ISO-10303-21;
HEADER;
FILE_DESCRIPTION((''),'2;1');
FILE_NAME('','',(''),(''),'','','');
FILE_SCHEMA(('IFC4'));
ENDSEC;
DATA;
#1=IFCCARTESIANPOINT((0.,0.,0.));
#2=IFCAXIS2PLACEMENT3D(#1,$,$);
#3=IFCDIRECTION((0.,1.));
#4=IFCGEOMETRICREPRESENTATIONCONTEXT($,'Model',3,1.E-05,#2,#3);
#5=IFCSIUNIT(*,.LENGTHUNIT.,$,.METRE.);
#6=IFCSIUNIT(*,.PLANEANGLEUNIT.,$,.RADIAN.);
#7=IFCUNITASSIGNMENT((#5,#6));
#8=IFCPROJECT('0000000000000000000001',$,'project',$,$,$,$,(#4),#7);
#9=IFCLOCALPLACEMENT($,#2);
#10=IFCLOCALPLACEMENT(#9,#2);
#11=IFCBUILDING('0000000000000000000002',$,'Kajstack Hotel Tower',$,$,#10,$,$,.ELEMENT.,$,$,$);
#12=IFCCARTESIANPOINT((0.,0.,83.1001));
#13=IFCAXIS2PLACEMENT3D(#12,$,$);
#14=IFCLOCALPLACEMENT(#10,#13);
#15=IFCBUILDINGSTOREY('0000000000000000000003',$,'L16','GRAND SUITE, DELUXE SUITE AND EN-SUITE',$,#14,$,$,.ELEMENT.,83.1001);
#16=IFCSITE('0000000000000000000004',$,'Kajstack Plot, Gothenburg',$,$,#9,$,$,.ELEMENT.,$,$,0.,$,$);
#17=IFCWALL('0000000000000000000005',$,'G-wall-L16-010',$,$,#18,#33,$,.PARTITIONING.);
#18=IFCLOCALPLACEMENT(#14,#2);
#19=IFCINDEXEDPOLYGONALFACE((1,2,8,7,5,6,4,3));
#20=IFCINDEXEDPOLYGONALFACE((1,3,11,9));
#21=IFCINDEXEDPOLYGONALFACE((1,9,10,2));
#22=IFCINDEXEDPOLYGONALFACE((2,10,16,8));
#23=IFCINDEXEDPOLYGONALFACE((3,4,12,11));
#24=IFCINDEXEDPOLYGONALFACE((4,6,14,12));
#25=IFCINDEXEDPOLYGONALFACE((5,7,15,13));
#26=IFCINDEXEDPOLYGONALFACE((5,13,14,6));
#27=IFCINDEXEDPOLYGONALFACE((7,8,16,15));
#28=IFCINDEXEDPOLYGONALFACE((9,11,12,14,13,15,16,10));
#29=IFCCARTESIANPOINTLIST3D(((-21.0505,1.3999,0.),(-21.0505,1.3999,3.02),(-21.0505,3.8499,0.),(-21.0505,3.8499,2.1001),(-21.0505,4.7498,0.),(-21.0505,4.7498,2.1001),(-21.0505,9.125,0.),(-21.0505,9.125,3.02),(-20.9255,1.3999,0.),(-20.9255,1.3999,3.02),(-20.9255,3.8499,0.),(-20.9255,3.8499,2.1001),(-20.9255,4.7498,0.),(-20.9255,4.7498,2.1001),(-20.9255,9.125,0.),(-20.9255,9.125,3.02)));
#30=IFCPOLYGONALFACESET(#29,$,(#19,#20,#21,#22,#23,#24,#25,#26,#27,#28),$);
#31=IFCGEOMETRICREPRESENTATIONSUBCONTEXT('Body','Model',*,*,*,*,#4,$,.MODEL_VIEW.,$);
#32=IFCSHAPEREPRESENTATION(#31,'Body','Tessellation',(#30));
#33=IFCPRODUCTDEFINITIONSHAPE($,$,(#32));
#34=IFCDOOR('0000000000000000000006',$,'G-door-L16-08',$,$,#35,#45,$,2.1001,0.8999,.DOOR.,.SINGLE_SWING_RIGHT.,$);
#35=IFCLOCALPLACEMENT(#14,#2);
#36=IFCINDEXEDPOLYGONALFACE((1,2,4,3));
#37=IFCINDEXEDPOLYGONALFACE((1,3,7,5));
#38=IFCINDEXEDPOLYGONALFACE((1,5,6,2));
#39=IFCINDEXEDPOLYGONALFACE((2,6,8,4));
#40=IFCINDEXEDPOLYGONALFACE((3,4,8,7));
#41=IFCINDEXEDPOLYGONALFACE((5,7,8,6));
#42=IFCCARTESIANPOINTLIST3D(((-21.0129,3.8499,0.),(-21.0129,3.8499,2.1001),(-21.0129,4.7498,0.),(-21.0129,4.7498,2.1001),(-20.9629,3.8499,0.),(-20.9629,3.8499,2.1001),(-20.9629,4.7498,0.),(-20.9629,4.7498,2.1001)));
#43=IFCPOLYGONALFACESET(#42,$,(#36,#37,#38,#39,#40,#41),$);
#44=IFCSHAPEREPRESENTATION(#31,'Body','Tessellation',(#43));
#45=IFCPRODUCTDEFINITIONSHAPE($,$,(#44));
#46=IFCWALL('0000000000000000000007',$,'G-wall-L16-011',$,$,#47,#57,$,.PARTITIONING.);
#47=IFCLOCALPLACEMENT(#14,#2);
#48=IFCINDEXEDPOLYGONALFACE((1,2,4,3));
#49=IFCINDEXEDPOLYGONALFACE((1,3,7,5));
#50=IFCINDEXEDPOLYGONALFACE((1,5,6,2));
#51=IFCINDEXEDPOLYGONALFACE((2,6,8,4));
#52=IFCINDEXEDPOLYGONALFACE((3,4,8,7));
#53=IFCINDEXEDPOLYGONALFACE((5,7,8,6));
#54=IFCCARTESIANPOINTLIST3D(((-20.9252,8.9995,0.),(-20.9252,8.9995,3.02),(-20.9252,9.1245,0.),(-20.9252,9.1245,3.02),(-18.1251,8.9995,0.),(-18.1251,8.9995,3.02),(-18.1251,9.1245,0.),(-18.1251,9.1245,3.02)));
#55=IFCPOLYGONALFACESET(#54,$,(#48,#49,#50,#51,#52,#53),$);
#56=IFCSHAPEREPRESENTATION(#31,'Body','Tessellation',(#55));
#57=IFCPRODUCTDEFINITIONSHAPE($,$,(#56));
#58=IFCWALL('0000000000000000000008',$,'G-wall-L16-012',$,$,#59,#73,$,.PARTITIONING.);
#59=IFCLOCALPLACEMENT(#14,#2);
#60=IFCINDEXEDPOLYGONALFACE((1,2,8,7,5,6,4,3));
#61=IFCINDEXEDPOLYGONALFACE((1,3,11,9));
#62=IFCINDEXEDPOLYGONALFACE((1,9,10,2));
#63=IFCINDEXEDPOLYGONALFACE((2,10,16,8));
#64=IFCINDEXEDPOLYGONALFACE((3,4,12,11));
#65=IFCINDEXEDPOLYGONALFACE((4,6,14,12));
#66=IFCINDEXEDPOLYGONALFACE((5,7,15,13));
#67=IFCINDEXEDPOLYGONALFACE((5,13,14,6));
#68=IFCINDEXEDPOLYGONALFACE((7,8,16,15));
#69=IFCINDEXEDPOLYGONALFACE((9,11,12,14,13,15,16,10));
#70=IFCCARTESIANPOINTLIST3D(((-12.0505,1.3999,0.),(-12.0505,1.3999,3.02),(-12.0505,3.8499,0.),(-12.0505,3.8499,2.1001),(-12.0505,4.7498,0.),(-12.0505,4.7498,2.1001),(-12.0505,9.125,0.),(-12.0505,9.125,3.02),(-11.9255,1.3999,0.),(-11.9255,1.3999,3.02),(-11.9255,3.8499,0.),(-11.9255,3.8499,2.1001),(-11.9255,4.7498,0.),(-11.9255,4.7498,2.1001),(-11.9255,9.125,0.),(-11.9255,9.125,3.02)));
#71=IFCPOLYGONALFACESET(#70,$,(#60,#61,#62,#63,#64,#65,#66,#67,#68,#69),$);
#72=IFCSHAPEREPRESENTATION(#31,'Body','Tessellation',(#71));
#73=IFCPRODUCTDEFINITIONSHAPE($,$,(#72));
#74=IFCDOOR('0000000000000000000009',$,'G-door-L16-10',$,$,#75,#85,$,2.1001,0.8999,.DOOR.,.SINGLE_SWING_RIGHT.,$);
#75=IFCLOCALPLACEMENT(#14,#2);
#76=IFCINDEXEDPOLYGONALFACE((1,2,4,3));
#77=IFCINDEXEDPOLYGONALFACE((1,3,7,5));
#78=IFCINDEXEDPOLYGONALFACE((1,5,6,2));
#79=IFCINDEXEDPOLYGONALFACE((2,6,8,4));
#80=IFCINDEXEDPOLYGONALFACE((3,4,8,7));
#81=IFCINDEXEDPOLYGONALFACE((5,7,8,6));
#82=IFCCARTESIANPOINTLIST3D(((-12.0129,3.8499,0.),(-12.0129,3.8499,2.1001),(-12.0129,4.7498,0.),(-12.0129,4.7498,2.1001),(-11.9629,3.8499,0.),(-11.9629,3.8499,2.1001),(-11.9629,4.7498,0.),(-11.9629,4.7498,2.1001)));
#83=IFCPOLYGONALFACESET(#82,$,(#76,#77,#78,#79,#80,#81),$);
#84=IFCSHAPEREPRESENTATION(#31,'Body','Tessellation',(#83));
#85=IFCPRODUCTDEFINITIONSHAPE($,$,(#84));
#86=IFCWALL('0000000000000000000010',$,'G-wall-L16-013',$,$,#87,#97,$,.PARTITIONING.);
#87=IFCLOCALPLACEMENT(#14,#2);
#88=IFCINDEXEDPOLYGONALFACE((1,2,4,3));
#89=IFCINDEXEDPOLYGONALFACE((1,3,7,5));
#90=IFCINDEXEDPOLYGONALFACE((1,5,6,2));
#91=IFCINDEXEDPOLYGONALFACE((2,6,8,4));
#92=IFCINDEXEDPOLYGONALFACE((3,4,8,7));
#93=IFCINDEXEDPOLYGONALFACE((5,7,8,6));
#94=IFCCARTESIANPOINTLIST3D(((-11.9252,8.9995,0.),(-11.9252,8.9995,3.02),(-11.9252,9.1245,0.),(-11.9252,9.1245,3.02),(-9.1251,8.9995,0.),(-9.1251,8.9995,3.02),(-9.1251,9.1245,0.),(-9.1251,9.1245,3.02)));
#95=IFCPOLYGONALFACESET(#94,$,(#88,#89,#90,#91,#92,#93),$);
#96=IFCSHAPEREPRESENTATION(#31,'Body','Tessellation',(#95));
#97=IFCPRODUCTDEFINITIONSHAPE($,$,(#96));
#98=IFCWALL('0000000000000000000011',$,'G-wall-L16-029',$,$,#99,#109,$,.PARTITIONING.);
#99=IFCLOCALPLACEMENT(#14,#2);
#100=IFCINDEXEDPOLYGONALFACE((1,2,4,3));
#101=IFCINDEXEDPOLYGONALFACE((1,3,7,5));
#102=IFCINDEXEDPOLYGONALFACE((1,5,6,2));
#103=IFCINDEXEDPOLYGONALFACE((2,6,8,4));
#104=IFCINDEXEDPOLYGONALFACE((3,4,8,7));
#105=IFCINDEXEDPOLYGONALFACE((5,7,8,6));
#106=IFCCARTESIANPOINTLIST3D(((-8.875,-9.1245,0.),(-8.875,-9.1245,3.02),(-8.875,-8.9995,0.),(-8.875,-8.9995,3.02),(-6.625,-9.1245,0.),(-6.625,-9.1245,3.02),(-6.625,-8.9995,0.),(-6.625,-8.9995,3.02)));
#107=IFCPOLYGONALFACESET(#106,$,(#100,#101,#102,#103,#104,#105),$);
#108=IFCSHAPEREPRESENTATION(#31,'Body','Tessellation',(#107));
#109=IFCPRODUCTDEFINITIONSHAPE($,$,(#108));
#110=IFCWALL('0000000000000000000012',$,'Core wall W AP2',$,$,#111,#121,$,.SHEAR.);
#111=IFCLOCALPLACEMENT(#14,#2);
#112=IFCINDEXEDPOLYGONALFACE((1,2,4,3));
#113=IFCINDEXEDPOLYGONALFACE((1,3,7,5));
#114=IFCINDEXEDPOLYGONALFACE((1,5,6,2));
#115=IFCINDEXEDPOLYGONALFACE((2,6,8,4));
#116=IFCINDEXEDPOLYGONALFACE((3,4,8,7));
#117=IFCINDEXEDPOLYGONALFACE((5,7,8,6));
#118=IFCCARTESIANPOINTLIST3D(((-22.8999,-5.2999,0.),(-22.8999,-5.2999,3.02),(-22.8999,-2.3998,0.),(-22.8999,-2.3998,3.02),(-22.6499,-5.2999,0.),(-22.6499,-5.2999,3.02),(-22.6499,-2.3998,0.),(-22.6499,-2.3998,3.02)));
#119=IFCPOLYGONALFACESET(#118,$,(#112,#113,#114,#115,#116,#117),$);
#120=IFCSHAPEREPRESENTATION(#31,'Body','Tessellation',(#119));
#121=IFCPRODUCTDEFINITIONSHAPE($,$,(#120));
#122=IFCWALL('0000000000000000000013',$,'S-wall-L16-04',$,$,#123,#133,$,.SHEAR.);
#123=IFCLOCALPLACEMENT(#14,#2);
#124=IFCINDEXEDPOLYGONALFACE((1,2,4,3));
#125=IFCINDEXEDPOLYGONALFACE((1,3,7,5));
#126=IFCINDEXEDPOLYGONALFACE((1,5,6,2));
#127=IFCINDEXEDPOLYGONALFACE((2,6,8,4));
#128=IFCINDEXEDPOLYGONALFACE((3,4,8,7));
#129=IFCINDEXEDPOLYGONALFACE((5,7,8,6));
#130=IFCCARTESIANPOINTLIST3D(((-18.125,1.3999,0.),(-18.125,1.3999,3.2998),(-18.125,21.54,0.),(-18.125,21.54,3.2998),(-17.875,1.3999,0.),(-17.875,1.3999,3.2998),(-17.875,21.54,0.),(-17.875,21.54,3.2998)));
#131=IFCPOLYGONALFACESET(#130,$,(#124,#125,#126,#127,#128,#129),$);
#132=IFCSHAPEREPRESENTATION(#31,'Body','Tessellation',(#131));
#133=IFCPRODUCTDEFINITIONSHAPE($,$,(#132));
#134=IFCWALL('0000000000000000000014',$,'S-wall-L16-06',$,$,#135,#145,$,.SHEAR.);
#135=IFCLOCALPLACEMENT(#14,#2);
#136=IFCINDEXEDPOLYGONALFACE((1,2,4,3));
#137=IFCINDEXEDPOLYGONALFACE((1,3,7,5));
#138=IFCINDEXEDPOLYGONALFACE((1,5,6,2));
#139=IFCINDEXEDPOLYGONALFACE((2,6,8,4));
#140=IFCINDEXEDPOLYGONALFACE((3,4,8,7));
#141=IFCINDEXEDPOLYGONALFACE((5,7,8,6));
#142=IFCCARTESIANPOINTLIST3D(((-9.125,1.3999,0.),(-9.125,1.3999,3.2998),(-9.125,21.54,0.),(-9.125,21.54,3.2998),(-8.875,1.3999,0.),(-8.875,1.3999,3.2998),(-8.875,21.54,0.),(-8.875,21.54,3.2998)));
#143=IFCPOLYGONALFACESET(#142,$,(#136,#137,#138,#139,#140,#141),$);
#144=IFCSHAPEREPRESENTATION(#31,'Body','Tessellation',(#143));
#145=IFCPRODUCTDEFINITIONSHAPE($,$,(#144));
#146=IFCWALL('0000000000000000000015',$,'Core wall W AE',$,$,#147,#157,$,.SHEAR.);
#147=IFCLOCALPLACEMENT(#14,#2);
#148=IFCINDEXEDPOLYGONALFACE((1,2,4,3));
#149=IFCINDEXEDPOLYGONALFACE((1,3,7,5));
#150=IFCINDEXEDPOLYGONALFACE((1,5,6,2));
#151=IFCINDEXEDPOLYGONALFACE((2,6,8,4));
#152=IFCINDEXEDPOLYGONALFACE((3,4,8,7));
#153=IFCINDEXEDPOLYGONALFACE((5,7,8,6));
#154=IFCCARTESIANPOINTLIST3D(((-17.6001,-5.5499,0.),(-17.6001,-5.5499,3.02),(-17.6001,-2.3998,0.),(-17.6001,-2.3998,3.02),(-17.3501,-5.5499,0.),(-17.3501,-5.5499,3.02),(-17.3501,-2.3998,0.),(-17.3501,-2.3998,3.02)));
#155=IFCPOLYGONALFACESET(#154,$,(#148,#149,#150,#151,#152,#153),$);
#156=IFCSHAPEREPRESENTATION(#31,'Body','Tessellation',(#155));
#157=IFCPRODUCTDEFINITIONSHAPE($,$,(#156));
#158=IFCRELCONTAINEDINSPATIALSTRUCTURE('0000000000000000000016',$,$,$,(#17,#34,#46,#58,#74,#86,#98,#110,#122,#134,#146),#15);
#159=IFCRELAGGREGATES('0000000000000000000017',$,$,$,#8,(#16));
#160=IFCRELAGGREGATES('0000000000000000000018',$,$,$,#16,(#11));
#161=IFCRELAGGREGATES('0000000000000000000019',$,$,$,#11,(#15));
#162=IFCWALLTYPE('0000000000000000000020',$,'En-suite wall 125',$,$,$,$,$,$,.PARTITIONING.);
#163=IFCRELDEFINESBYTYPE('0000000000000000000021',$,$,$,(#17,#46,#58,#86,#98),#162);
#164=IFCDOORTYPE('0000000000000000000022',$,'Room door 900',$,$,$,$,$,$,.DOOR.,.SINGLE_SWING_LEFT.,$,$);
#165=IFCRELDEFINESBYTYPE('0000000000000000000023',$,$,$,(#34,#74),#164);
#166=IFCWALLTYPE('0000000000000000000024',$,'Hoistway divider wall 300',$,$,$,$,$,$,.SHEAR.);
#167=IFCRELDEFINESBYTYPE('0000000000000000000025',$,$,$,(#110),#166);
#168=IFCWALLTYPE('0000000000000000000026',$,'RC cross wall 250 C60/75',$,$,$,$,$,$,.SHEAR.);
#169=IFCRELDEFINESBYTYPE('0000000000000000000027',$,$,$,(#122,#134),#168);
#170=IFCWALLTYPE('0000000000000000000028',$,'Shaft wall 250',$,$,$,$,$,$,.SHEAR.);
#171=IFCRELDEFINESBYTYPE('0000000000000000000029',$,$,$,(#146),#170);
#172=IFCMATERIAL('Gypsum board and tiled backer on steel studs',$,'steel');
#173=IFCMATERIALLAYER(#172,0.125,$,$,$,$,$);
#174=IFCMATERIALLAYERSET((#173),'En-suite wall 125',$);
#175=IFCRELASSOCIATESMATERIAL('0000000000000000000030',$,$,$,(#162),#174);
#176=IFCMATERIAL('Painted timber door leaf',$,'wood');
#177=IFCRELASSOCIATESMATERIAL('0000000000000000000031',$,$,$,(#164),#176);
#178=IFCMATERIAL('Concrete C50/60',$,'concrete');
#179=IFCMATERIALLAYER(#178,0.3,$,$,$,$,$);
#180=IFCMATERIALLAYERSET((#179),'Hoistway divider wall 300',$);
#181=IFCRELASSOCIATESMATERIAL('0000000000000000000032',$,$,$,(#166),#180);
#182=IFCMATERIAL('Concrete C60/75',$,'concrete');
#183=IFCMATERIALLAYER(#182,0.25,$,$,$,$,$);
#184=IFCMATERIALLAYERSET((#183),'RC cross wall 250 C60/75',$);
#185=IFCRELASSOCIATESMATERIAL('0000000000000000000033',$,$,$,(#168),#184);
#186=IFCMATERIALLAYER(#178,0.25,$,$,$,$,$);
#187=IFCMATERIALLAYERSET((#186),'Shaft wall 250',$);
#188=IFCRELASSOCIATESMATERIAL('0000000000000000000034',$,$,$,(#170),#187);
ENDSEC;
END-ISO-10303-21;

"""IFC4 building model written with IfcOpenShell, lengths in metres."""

from ifc_helpers import new_model, si_unit, direction, frame, frame_2d, origin, place, context, subcontext, project, spatial, rectangle, extrude, material, layer, layer_set, type_object, element, fill, save


model = new_model("IFC4")

# Units and contexts
model_context = context("Model", 3, precision=1e-05, world=origin(), true_north=direction((0.0, 1.0)))
body_context = subcontext(model_context, "Body", "Model", "MODEL_VIEW")
ifc_project = project(units=[si_unit("LENGTHUNIT", "METRE"), si_unit("PLANEANGLEUNIT", "RADIAN")], contexts=[model_context])

# Site, building, storey
site_placement = place(None, origin())
site = spatial("IfcSite", under=ifc_project, at=site_placement, Name="Kajstack Plot, Gothenburg", CompositionType="ELEMENT", RefElevation=0.0)
building_placement = place(site_placement, origin())
building = spatial("IfcBuilding", under=site, at=building_placement, Name="Kajstack Hotel Tower", CompositionType="ELEMENT")
storey_placement = place(building_placement, frame((0.0, 0.0, 83.1001)))
storey = spatial("IfcBuildingStorey", under=building, at=storey_placement, Name="L16", Description="GRAND SUITE, DELUXE SUITE AND EN-SUITE", CompositionType="ELEMENT", Elevation=83.1001)

# Wall, opening, door
ifc_material_1 = material(Name="Gypsum board and tiled backer on steel studs", Category="steel")
ifc_layer_1 = layer(ifc_material_1, 0.125)
ifc_layer_set_1 = layer_set([ifc_layer_1], Name="En-suite wall 125")
wall_type_1 = type_object("IfcWallType", Name="En-suite wall 125", PredefinedType="PARTITIONING", material=ifc_layer_set_1)
wall_1_placement = place(storey_placement, frame((-20.988, 1.3999, 0.0), z_axis=(0.0, 0.0, 1.0), x_axis=(0.0, 1.0, 0.0)))
wall_1 = element("IfcWall", 1, at=wall_1_placement, inside=storey, type_object=wall_type_1, Name="G-wall-L16-010", PredefinedType="PARTITIONING", context=body_context, shape_type="SweptSolid", body=[
    extrude(rectangle(XDim=7.7251, YDim=0.125, at=frame_2d((3.8625, 0.0))), origin(), (0.0, 0.0, 1.0), 3.02),
])
opening_1_placement = place(wall_1_placement, frame((2.45, 0.0, 0.0)))
opening_1 = element("IfcOpeningElement", 2, at=opening_1_placement, cuts=wall_1, PredefinedType="OPENING", context=body_context, shape_type="SweptSolid", body=[
    extrude(rectangle(XDim=0.8999, YDim=2.1001, at=frame_2d((0.45, 1.05))), frame((0.0, 0.0725, 0.0), z_axis=(0.0, -1.0, 0.0), x_axis=(1.0, 0.0, 0.0)), (0.0, 0.0, 1.0), 0.145),
])
ifc_material_2 = material(Name="Painted timber door leaf", Category="wood")
door_type_1 = type_object("IfcDoorType", Name="Room door 900", OperationType="SINGLE_SWING_LEFT", PredefinedType="DOOR", material=ifc_material_2)
door_1_placement = place(opening_1_placement, origin())
door_1 = element("IfcDoor", 3, at=door_1_placement, inside=storey, type_object=door_type_1, Name="G-door-L16-08", OperationType="SINGLE_SWING_RIGHT", OverallHeight=2.1001, OverallWidth=0.8999, PredefinedType="DOOR", context=body_context, shape_type="SweptSolid", body=[
    extrude(rectangle(XDim=0.8999, YDim=2.1001, at=frame_2d((0.45, 1.05))), frame((0.0, 0.0249, 0.0), z_axis=(0.0, -1.0, 0.0), x_axis=(1.0, 0.0, 0.0)), (0.0, 0.0, 1.0), 0.05),
])
fill(opening_1, door_1)

# Wall
wall_2_placement = place(storey_placement, frame((-20.925, 9.062, 0.0), z_axis=(0.0, 0.0, 1.0), x_axis=(1.0, 0.0, 0.0)))
element("IfcWall", 4, at=wall_2_placement, inside=storey, type_object=wall_type_1, Name="G-wall-L16-011", PredefinedType="PARTITIONING", context=body_context, shape_type="SweptSolid", body=[
    extrude(rectangle(XDim=2.8, YDim=0.125, at=frame_2d((1.3999, 0.0))), origin(), (0.0, 0.0, 1.0), 3.02),
])

# Wall, opening, door
wall_3_placement = place(storey_placement, frame((-11.988, 1.3999, 0.0), z_axis=(0.0, 0.0, 1.0), x_axis=(0.0, 1.0, 0.0)))
wall_3 = element("IfcWall", 5, at=wall_3_placement, inside=storey, type_object=wall_type_1, Name="G-wall-L16-012", PredefinedType="PARTITIONING", context=body_context, shape_type="SweptSolid", body=[
    extrude(rectangle(XDim=7.7251, YDim=0.125, at=frame_2d((3.8625, 0.0))), origin(), (0.0, 0.0, 1.0), 3.02),
])
opening_2_placement = place(wall_3_placement, frame((2.45, 0.0, 0.0)))
opening_2 = element("IfcOpeningElement", 6, at=opening_2_placement, cuts=wall_3, PredefinedType="OPENING", context=body_context, shape_type="SweptSolid", body=[
    extrude(rectangle(XDim=0.8999, YDim=2.1001, at=frame_2d((0.45, 1.05))), frame((0.0, 0.0725, 0.0), z_axis=(0.0, -1.0, 0.0), x_axis=(1.0, 0.0, 0.0)), (0.0, 0.0, 1.0), 0.145),
])
door_2_placement = place(opening_2_placement, origin())
door_2 = element("IfcDoor", 7, at=door_2_placement, inside=storey, type_object=door_type_1, Name="G-door-L16-10", OperationType="SINGLE_SWING_RIGHT", OverallHeight=2.1001, OverallWidth=0.8999, PredefinedType="DOOR", context=body_context, shape_type="SweptSolid", body=[
    extrude(rectangle(XDim=0.8999, YDim=2.1001, at=frame_2d((0.45, 1.05))), frame((0.0, 0.0249, 0.0), z_axis=(0.0, -1.0, 0.0), x_axis=(1.0, 0.0, 0.0)), (0.0, 0.0, 1.0), 0.05),
])
fill(opening_2, door_2)

# Walls
wall_4_placement = place(storey_placement, frame((-11.925, 9.062, 0.0), z_axis=(0.0, 0.0, 1.0), x_axis=(1.0, 0.0, 0.0)))
element("IfcWall", 8, at=wall_4_placement, inside=storey, type_object=wall_type_1, Name="G-wall-L16-013", PredefinedType="PARTITIONING", context=body_context, shape_type="SweptSolid", body=[
    extrude(rectangle(XDim=2.8, YDim=0.125, at=frame_2d((1.3999, 0.0))), origin(), (0.0, 0.0, 1.0), 3.02),
])
wall_5_placement = place(storey_placement, frame((-8.875, -9.062, 0.0), z_axis=(0.0, 0.0, 1.0), x_axis=(1.0, 0.0, 0.0)))
element("IfcWall", 9, at=wall_5_placement, inside=storey, type_object=wall_type_1, Name="G-wall-L16-029", PredefinedType="PARTITIONING", context=body_context, shape_type="SweptSolid", body=[
    extrude(rectangle(XDim=2.25, YDim=0.125, at=frame_2d((1.125, 0.0))), origin(), (0.0, 0.0, 1.0), 3.02),
])
ifc_material_3 = material(Name="Concrete C50/60", Category="concrete")
ifc_layer_2 = layer(ifc_material_3, 0.3)
ifc_layer_set_2 = layer_set([ifc_layer_2], Name="Hoistway divider wall 300")
wall_type_2 = type_object("IfcWallType", Name="Hoistway divider wall 300", PredefinedType="SHEAR", material=ifc_layer_set_2)
wall_6_placement = place(storey_placement, frame((-22.7749, -5.3, 0.0), z_axis=(0.0, 0.0, 1.0), x_axis=(0.0, 1.0, 0.0)))
element("IfcWall", 10, at=wall_6_placement, inside=storey, type_object=wall_type_2, Name="Core wall W AP2", PredefinedType="SHEAR", context=body_context, shape_type="SweptSolid", body=[
    extrude(rectangle(XDim=2.9001, YDim=0.25, at=frame_2d((1.4502, 0.0))), origin(), (0.0, 0.0, 1.0), 3.02),
])
ifc_material_4 = material(Name="Concrete C60/75", Category="concrete")
ifc_layer_3 = layer(ifc_material_4, 0.25)
ifc_layer_set_3 = layer_set([ifc_layer_3], Name="RC cross wall 250 C60/75")
wall_type_3 = type_object("IfcWallType", Name="RC cross wall 250 C60/75", PredefinedType="SHEAR", material=ifc_layer_set_3)
for number, where, z_axis, x_axis, name in (
    (11, (-18.0, 1.3999, 0.0), (0.0, 0.0, 1.0), (0.0, 1.0, 0.0), "S-wall-L16-04"),
    (12, (-9.0, 1.3999, 0.0), (0.0, 0.0, 1.0), (0.0, 1.0, 0.0), "S-wall-L16-06"),
):
    element("IfcWall", number, at=place(storey_placement, frame(where, z_axis=z_axis, x_axis=x_axis)), inside=storey, type_object=wall_type_3, Name=name, PredefinedType="SHEAR", context=body_context, shape_type="SweptSolid", body=[
        extrude(rectangle(XDim=20.1401, YDim=0.25, at=frame_2d((10.0701, 0.0))), origin(), (0.0, 0.0, 1.0), 3.2998),
    ])
ifc_layer_4 = layer(ifc_material_3, 0.25)
ifc_layer_set_4 = layer_set([ifc_layer_4], Name="Shaft wall 250")
wall_type_4 = type_object("IfcWallType", Name="Shaft wall 250", PredefinedType="SHEAR", material=ifc_layer_set_4)
wall_7_placement = place(storey_placement, frame((-17.4751, -5.55, 0.0), z_axis=(0.0, 0.0, 1.0), x_axis=(0.0, 1.0, 0.0)))
element("IfcWall", 13, at=wall_7_placement, inside=storey, type_object=wall_type_4, Name="Core wall W AE", PredefinedType="SHEAR", context=body_context, shape_type="SweptSolid", body=[
    extrude(rectangle(XDim=3.1501, YDim=0.25, at=frame_2d((1.5752, 0.0))), origin(), (0.0, 0.0, 1.0), 3.02),
])

save(model, "model.ifc")
